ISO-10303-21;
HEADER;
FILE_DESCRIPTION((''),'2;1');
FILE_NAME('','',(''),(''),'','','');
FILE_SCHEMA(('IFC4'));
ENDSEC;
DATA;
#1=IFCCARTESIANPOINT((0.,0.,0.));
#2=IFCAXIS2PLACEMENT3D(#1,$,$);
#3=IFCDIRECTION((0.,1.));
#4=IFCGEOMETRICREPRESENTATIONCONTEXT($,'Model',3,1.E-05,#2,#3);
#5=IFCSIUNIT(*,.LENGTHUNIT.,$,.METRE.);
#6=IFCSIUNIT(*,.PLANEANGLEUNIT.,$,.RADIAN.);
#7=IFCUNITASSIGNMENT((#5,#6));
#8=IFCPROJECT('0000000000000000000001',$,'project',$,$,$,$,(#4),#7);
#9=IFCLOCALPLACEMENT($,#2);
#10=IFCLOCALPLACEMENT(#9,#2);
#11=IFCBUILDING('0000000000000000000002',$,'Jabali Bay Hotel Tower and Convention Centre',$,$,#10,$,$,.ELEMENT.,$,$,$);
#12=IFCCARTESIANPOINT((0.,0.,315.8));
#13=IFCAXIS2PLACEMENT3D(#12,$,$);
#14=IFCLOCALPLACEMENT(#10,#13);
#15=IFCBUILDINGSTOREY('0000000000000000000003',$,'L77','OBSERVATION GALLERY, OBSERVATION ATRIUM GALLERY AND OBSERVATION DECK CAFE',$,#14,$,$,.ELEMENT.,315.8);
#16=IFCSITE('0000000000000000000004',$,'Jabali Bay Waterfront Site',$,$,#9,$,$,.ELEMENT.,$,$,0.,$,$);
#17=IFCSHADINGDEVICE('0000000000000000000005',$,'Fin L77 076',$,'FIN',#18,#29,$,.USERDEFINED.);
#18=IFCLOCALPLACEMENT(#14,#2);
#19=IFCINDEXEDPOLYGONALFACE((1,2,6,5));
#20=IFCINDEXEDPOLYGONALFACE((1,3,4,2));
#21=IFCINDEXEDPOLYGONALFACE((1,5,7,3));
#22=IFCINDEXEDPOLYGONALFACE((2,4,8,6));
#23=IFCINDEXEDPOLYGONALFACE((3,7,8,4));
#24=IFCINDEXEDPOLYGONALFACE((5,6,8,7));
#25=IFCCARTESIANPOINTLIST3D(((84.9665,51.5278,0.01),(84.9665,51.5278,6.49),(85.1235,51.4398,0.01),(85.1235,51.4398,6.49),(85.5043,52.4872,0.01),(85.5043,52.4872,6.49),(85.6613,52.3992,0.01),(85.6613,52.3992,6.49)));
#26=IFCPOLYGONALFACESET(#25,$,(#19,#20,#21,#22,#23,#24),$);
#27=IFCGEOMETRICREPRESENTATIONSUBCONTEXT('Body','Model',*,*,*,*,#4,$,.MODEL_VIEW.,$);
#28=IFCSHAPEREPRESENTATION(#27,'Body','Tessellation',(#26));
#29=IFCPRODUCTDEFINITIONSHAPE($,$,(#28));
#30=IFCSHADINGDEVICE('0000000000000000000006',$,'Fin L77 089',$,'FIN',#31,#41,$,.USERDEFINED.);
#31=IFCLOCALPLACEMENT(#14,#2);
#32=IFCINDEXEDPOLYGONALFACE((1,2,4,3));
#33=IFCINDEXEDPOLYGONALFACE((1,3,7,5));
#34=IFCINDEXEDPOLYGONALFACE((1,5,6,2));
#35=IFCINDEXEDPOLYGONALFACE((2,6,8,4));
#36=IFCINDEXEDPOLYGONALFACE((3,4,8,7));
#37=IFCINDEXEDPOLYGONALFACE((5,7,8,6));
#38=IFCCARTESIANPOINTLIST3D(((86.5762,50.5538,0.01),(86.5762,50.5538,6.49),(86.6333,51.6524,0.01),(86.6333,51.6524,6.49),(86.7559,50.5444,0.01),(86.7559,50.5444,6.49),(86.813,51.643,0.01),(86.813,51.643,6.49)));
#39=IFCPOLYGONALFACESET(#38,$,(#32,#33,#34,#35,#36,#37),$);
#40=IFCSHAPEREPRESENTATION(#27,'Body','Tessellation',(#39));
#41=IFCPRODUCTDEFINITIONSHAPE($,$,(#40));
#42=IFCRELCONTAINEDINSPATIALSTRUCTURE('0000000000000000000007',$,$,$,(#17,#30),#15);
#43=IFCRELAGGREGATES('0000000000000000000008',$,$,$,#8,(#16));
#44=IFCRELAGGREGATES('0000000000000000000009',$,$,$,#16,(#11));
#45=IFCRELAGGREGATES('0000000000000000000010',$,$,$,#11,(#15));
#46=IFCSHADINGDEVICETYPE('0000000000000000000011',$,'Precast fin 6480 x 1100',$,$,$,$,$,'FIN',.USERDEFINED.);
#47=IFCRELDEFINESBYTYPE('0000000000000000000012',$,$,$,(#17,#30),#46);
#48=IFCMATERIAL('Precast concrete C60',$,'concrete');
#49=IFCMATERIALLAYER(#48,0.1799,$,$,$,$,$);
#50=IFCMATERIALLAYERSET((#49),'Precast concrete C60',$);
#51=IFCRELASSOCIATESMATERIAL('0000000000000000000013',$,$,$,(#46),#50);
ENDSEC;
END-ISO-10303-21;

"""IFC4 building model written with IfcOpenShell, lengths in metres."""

from ifc_helpers import new_model, si_unit, direction, frame, frame_2d, origin, place, context, subcontext, project, spatial, rectangle, extrude, material, layer, layer_set, type_object, element, save


model = new_model("IFC4")

# Units and contexts
model_context = context("Model", 3, precision=1e-05, world=origin(), true_north=direction((0.0, 1.0)))
body_context = subcontext(model_context, "Body", "Model", "MODEL_VIEW")
ifc_project = project(units=[si_unit("LENGTHUNIT", "METRE"), si_unit("PLANEANGLEUNIT", "RADIAN")], contexts=[model_context])

# Site, building, storey
site_placement = place(None, origin())
site = spatial("IfcSite", under=ifc_project, at=site_placement, Name="Jabali Bay Waterfront Site", CompositionType="ELEMENT", RefElevation=0.0)
building_placement = place(site_placement, origin())
building = spatial("IfcBuilding", under=site, at=building_placement, Name="Jabali Bay Hotel Tower and Convention Centre", CompositionType="ELEMENT")
storey_placement = place(building_placement, frame((0.0, 0.0, 315.8)))
storey = spatial("IfcBuildingStorey", under=building, at=storey_placement, Name="L77", Description="OBSERVATION GALLERY, OBSERVATION ATRIUM GALLERY AND OBSERVATION DECK CAFE", CompositionType="ELEMENT", Elevation=315.8)

# Shading devices
ifc_material_1 = material(Name="Precast concrete C60", Category="concrete")
ifc_layer_1 = layer(ifc_material_1, 0.1799)
ifc_layer_set_1 = layer_set([ifc_layer_1], Name="Precast concrete C60")
shading_device_type = type_object("IfcShadingDeviceType", Name="Precast fin 6480 x 1100", ElementType="FIN", PredefinedType="USERDEFINED", material=ifc_layer_set_1)
shading_device_1_placement = place(storey_placement, frame((85.5828, 52.4431, 0.01), z_axis=(0.0, 0.0, 1.0), x_axis=(-0.488975, -0.872298, 0.0)))
element("IfcShadingDevice", 1, at=shading_device_1_placement, inside=storey, type_object=shading_device_type, Name="Fin L77 076", ObjectType="FIN", PredefinedType="USERDEFINED", context=body_context, shape_type="SweptSolid", body=[
    extrude(rectangle(XDim=1.0999, YDim=0.1799, at=frame_2d((0.5498, 0.0))), origin(), (0.0, 0.0, 1.0), 6.48),
])
shading_device_2_placement = place(storey_placement, frame((86.7231, 51.6477, 0.01), z_axis=(0.0, 0.0, 1.0), x_axis=(-0.05193, -0.998651, 0.0)))
element("IfcShadingDevice", 2, at=shading_device_2_placement, inside=storey, type_object=shading_device_type, Name="Fin L77 089", ObjectType="FIN", PredefinedType="USERDEFINED", context=body_context, shape_type="SweptSolid", body=[
    extrude(rectangle(XDim=1.1001, YDim=0.1799, at=frame_2d((0.55, 0.0))), origin(), (0.0, 0.0, 1.0), 6.48),
])

save(model, "model.ifc")
